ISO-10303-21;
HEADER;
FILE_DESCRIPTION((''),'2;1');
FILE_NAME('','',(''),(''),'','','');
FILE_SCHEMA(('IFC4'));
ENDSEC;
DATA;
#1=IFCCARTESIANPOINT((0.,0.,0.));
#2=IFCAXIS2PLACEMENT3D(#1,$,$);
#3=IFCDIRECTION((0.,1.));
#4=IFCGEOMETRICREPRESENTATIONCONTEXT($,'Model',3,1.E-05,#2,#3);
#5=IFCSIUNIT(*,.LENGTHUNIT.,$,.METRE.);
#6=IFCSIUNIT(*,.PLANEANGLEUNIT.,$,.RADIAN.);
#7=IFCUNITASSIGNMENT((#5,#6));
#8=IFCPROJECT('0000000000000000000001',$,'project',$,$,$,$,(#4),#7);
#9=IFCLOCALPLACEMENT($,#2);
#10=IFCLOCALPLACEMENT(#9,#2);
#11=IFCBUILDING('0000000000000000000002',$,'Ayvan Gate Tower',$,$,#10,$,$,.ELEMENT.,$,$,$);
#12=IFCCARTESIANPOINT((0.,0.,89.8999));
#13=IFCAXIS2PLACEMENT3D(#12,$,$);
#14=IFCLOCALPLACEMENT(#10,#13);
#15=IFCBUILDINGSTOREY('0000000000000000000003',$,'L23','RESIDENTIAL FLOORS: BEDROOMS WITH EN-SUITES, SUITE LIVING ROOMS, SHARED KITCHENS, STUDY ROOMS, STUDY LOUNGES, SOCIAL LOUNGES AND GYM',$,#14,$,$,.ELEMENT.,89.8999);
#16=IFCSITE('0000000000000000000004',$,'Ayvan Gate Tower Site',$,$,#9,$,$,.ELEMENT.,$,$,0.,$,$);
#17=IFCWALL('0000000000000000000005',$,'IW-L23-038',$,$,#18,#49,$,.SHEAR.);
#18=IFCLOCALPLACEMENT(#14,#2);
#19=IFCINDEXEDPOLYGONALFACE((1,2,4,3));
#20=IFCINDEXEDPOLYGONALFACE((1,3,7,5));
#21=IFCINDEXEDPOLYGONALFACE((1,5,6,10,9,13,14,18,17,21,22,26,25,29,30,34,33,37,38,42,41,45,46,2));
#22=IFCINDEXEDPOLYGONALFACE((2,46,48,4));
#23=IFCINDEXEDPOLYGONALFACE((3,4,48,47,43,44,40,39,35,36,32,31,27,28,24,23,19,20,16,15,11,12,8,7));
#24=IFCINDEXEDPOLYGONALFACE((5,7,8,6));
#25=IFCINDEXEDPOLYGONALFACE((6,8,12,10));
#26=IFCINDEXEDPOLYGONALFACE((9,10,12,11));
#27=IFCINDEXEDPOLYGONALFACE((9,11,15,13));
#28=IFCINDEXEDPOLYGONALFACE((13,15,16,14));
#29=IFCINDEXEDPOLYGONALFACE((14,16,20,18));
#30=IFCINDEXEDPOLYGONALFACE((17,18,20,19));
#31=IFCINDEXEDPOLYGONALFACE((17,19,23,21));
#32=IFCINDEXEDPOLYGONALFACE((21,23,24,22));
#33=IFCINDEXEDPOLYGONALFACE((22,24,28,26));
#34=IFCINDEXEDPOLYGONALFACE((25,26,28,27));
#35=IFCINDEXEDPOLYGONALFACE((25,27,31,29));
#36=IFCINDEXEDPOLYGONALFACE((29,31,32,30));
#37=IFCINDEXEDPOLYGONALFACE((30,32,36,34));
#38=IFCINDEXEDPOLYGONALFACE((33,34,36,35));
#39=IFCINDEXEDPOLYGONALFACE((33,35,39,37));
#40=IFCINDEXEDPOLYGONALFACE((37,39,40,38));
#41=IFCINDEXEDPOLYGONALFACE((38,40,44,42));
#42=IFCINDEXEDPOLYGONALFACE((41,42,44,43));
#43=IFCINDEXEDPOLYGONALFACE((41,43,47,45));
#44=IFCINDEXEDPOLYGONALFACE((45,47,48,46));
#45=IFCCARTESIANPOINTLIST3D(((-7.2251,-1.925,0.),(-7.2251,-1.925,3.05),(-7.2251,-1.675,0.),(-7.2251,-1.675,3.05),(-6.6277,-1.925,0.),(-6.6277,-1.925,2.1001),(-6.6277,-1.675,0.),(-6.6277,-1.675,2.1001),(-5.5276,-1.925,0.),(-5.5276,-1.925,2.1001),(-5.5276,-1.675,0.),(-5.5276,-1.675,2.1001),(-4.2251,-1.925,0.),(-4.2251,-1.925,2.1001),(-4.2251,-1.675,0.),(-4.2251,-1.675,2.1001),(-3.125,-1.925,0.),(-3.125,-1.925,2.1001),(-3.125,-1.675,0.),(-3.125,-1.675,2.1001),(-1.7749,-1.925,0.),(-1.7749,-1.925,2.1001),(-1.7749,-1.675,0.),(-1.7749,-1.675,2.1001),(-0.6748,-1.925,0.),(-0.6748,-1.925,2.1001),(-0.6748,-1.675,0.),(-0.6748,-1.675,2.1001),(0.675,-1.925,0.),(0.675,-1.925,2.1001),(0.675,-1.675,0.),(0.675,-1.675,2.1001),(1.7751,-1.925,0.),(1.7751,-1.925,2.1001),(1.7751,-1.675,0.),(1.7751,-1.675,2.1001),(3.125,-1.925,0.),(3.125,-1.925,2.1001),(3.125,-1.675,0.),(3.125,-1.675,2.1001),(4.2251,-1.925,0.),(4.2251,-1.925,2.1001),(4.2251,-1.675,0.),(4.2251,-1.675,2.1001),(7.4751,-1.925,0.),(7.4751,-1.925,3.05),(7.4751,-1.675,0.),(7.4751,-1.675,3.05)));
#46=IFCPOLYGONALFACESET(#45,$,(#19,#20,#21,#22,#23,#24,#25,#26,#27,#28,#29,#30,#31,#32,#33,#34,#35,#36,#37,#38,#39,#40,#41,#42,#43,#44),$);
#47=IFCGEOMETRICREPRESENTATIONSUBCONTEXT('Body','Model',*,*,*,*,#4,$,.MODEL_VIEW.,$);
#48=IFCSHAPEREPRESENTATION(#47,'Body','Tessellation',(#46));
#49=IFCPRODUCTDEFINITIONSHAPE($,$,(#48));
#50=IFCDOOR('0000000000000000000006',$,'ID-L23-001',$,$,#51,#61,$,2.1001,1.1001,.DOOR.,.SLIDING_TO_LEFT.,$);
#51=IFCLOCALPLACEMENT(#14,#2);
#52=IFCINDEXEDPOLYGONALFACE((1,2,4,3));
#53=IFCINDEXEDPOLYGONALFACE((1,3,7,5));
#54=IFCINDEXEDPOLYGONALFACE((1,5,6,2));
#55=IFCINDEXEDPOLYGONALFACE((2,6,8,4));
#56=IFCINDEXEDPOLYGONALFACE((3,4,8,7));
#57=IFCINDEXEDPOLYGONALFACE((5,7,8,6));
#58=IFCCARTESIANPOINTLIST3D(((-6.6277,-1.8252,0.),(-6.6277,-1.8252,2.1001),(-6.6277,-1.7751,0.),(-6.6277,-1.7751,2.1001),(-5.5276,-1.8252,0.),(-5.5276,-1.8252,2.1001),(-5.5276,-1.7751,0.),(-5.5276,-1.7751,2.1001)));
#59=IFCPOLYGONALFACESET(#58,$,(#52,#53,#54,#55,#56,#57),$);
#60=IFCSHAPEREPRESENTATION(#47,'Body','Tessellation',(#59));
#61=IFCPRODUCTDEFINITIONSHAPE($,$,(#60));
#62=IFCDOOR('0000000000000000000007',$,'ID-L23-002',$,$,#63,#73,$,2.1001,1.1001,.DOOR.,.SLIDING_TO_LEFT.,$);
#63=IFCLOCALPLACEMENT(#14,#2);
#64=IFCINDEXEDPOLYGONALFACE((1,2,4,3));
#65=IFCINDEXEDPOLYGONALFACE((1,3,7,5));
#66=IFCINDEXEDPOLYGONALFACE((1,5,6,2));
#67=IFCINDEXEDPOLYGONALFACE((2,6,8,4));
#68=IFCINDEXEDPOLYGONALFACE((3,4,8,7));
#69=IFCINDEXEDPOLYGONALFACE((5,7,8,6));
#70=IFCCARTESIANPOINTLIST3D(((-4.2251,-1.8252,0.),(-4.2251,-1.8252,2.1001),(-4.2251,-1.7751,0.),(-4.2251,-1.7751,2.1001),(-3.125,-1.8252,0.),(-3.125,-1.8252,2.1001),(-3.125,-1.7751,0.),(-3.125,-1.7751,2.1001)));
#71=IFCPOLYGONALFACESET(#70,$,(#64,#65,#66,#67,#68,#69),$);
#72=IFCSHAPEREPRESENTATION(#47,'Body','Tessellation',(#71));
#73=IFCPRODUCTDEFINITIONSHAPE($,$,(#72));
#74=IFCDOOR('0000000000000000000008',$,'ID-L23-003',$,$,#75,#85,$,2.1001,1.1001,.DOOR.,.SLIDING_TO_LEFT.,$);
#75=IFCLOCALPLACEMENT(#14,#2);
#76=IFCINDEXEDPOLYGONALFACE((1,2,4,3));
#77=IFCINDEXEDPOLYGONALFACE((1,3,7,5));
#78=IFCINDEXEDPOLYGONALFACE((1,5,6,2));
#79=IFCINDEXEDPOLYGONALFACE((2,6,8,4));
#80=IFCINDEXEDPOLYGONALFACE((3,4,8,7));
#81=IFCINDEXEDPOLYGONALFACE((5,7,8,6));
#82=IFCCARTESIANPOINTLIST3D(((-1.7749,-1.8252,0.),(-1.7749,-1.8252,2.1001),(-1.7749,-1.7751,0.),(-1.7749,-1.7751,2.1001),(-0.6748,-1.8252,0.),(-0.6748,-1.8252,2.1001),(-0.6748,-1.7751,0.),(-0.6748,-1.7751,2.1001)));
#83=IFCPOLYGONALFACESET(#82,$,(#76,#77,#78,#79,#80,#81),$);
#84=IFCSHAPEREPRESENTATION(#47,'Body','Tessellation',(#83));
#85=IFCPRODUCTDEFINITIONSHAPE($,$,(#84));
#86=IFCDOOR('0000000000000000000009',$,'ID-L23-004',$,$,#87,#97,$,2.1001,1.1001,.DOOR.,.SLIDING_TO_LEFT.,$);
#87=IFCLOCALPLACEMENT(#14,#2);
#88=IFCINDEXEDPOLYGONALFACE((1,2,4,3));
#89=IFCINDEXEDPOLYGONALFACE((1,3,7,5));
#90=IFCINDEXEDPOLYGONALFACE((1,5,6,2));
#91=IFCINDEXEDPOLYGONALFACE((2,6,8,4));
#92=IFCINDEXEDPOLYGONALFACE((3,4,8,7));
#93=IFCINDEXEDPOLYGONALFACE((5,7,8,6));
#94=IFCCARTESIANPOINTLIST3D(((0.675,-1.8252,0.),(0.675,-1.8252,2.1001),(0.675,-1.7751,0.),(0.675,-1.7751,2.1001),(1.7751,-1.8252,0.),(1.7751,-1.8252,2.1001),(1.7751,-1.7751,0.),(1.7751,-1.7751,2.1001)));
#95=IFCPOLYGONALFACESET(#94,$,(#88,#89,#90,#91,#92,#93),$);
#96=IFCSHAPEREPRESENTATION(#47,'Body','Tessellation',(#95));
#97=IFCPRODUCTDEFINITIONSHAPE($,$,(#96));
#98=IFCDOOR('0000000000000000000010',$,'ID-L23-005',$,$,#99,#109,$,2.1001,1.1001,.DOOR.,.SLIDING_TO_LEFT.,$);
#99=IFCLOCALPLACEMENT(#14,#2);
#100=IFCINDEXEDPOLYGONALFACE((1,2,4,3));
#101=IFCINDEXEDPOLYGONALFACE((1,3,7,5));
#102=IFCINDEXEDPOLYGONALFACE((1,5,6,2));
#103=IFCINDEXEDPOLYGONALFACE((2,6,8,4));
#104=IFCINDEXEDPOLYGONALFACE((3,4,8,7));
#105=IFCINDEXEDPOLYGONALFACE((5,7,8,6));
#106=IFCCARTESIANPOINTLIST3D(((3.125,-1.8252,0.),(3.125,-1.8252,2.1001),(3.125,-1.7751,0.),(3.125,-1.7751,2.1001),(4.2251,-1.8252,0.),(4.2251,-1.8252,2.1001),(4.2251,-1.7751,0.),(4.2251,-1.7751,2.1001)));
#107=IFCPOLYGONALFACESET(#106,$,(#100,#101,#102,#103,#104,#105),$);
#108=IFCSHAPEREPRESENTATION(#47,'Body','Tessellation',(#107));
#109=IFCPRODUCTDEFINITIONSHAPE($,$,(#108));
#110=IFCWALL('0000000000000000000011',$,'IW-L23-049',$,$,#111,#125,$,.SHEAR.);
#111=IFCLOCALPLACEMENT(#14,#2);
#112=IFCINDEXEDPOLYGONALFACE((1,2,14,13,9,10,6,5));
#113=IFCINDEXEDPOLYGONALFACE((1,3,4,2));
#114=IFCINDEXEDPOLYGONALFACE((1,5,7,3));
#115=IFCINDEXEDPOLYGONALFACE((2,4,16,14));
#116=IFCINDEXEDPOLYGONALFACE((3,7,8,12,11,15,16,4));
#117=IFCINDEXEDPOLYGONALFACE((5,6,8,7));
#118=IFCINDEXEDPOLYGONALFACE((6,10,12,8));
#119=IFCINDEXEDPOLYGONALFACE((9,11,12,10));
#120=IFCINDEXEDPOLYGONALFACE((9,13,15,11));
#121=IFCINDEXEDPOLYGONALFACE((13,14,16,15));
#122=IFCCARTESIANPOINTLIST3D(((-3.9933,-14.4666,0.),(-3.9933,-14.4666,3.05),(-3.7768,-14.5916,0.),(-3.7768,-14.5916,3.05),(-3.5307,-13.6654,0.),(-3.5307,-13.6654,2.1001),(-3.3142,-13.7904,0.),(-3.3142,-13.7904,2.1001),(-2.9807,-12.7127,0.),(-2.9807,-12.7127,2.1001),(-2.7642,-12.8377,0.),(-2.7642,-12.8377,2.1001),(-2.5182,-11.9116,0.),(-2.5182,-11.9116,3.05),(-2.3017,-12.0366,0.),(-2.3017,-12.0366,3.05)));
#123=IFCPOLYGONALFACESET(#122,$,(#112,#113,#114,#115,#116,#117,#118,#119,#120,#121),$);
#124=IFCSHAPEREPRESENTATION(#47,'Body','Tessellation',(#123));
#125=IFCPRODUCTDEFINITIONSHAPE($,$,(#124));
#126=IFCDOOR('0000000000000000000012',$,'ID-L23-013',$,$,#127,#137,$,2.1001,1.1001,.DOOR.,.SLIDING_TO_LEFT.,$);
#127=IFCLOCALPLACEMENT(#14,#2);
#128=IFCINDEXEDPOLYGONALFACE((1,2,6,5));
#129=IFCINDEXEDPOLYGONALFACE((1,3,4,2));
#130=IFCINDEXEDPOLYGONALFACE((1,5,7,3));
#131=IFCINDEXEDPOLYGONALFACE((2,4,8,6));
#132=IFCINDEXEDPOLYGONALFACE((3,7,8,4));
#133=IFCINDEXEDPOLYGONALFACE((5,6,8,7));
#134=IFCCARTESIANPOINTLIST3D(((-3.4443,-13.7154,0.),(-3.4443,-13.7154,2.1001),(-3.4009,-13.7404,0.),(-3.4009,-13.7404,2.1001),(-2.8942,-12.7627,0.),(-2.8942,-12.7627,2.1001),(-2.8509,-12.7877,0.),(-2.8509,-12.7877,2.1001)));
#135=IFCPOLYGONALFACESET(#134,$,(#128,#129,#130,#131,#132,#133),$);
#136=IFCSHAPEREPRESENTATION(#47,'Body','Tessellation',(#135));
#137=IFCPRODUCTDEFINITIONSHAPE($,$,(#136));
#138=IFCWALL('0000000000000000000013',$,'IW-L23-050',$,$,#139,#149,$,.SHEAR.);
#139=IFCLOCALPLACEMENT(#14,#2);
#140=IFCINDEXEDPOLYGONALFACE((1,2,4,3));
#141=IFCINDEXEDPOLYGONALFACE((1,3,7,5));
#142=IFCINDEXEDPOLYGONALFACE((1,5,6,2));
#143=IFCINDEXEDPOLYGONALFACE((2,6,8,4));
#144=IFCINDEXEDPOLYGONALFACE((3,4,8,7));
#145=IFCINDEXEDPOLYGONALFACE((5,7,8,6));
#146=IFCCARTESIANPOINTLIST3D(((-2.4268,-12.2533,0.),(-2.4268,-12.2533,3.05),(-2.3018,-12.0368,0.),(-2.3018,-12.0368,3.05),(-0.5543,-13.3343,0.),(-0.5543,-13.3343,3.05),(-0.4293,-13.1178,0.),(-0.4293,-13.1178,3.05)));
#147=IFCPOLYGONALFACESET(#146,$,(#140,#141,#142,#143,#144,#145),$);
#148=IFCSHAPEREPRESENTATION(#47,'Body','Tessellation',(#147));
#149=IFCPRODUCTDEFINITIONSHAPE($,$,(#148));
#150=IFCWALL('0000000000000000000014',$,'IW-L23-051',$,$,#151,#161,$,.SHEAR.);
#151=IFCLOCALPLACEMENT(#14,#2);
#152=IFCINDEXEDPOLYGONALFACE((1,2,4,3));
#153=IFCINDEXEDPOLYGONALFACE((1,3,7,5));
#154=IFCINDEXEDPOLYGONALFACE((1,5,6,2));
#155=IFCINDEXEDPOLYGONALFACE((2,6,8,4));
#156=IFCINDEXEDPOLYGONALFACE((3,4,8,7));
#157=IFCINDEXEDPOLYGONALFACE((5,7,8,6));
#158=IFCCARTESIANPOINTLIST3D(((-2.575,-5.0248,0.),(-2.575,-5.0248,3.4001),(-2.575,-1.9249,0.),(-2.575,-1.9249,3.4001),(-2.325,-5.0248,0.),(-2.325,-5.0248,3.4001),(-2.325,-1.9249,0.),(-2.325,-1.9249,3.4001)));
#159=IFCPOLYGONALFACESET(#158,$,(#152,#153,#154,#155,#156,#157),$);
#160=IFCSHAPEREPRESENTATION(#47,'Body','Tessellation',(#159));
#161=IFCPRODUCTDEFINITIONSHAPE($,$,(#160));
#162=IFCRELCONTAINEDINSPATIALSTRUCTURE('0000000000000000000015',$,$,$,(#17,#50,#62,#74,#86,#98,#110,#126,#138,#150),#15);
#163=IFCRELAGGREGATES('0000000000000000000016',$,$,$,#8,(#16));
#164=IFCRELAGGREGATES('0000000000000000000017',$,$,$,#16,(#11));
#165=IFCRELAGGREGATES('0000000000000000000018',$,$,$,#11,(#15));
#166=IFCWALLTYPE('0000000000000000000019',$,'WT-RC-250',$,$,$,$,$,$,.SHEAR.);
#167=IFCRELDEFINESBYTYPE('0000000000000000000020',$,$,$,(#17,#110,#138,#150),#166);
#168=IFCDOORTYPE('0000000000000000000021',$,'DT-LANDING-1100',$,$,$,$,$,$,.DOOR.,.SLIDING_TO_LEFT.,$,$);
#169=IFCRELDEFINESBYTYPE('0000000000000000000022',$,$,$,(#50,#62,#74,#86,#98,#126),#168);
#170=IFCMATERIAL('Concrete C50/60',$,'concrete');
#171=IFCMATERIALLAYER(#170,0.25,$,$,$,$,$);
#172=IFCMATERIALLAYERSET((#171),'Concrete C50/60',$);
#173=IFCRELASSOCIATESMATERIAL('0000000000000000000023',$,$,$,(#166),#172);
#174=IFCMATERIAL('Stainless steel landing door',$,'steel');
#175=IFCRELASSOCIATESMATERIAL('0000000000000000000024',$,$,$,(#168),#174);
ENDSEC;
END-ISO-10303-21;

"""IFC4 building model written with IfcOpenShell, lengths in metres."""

from ifc_helpers import new_model, si_unit, direction, frame, frame_2d, origin, place, context, subcontext, project, spatial, rectangle, extrude, material, layer, layer_set, type_object, element, fill, save


model = new_model("IFC4")

# Units and contexts
model_context = context("Model", 3, precision=1e-05, world=origin(), true_north=direction((0.0, 1.0)))
body_context = subcontext(model_context, "Body", "Model", "MODEL_VIEW")
ifc_project = project(units=[si_unit("LENGTHUNIT", "METRE"), si_unit("PLANEANGLEUNIT", "RADIAN")], contexts=[model_context])

# Site, building, storey
site_placement = place(None, origin())
site = spatial("IfcSite", under=ifc_project, at=site_placement, Name="Ayvan Gate Tower Site", CompositionType="ELEMENT", RefElevation=0.0)
building_placement = place(site_placement, origin())
building = spatial("IfcBuilding", under=site, at=building_placement, Name="Ayvan Gate Tower", CompositionType="ELEMENT")
storey_placement = place(building_placement, frame((0.0, 0.0, 89.8999)))
storey = spatial("IfcBuildingStorey", under=building, at=storey_placement, Name="L23", Description="RESIDENTIAL FLOORS: BEDROOMS WITH EN-SUITES, SUITE LIVING ROOMS, SHARED KITCHENS, STUDY ROOMS, STUDY LOUNGES, SOCIAL LOUNGES AND GYM", CompositionType="ELEMENT", Elevation=89.8999)

# Shared definitions
ifc_material_1 = material(Name="Concrete C50/60", Category="concrete")
ifc_layer_1 = layer(ifc_material_1, 0.25)
ifc_layer_set_1 = layer_set([ifc_layer_1], Name="Concrete C50/60")
wall_type_1 = type_object("IfcWallType", Name="WT-RC-250", PredefinedType="SHEAR", material=ifc_layer_set_1)

# Wall, openings, doors
wall_1_placement = place(storey_placement, frame((-7.2251, -1.8, 0.0), z_axis=(0.0, 0.0, 1.0), x_axis=(1.0, 0.0, 0.0)))
wall_1 = element("IfcWall", 1, at=wall_1_placement, inside=storey, type_object=wall_type_1, Name="IW-L23-038", PredefinedType="SHEAR", context=body_context, shape_type="SweptSolid", body=[
    extrude(rectangle(XDim=14.7002, YDim=0.25, at=frame_2d((7.3501, 0.0))), origin(), (0.0, 0.0, 1.0), 3.05),
])
opening_1_placement = place(wall_1_placement, frame((0.5974, 0.0, 0.0)))
opening_1 = element("IfcOpeningElement", 2, at=opening_1_placement, cuts=wall_1, PredefinedType="OPENING", context=body_context, shape_type="SweptSolid", body=[
    extrude(rectangle(XDim=1.1001, YDim=2.1001, at=frame_2d((0.55, 1.05))), frame((0.0, 0.135, 0.0), z_axis=(0.0, -1.0, 0.0), x_axis=(1.0, 0.0, 0.0)), (0.0, 0.0, 1.0), 0.27),
])
opening_2_placement = place(wall_1_placement, frame((3.0, 0.0, 0.0)))
opening_2 = element("IfcOpeningElement", 3, at=opening_2_placement, cuts=wall_1, PredefinedType="OPENING", context=body_context, shape_type="SweptSolid", body=[
    extrude(rectangle(XDim=1.1001, YDim=2.1001, at=frame_2d((0.55, 1.05))), frame((0.0, 0.135, 0.0), z_axis=(0.0, -1.0, 0.0), x_axis=(1.0, 0.0, 0.0)), (0.0, 0.0, 1.0), 0.27),
])
opening_3_placement = place(wall_1_placement, frame((5.4502, 0.0, 0.0)))
opening_3 = element("IfcOpeningElement", 4, at=opening_3_placement, cuts=wall_1, PredefinedType="OPENING", context=body_context, shape_type="SweptSolid", body=[
    extrude(rectangle(XDim=1.1001, YDim=2.1001, at=frame_2d((0.55, 1.05))), frame((0.0, 0.135, 0.0), z_axis=(0.0, -1.0, 0.0), x_axis=(1.0, 0.0, 0.0)), (0.0, 0.0, 1.0), 0.27),
])
opening_4_placement = place(wall_1_placement, frame((7.9001, 0.0, 0.0)))
opening_4 = element("IfcOpeningElement", 5, at=opening_4_placement, cuts=wall_1, PredefinedType="OPENING", context=body_context, shape_type="SweptSolid", body=[
    extrude(rectangle(XDim=1.1001, YDim=2.1001, at=frame_2d((0.55, 1.05))), frame((0.0, 0.135, 0.0), z_axis=(0.0, -1.0, 0.0), x_axis=(1.0, 0.0, 0.0)), (0.0, 0.0, 1.0), 0.27),
])
opening_5_placement = place(wall_1_placement, frame((10.3501, 0.0, 0.0)))
opening_5 = element("IfcOpeningElement", 6, at=opening_5_placement, cuts=wall_1, PredefinedType="OPENING", context=body_context, shape_type="SweptSolid", body=[
    extrude(rectangle(XDim=1.1001, YDim=2.1001, at=frame_2d((0.55, 1.05))), frame((0.0, 0.135, 0.0), z_axis=(0.0, -1.0, 0.0), x_axis=(1.0, 0.0, 0.0)), (0.0, 0.0, 1.0), 0.27),
])
ifc_material_2 = material(Name="Stainless steel landing door", Category="steel")
door_type_1 = type_object("IfcDoorType", Name="DT-LANDING-1100", OperationType="SLIDING_TO_LEFT", PredefinedType="DOOR", material=ifc_material_2)
door_1_placement = place(opening_1_placement, origin())
door_1 = element("IfcDoor", 7, at=door_1_placement, inside=storey, type_object=door_type_1, Name="ID-L23-001", OperationType="SLIDING_TO_LEFT", OverallHeight=2.1001, OverallWidth=1.1001, PredefinedType="DOOR", context=body_context, shape_type="SweptSolid", body=[
    extrude(rectangle(XDim=1.1001, YDim=2.1001, at=frame_2d((0.55, 1.05))), frame((0.0, 0.0249, 0.0), z_axis=(0.0, -1.0, 0.0), x_axis=(1.0, 0.0, 0.0)), (0.0, 0.0, 1.0), 0.05),
])
fill(opening_1, door_1)
door_2_placement = place(opening_2_placement, origin())
door_2 = element("IfcDoor", 8, at=door_2_placement, inside=storey, type_object=door_type_1, Name="ID-L23-002", OperationType="SLIDING_TO_LEFT", OverallHeight=2.1001, OverallWidth=1.1001, PredefinedType="DOOR", context=body_context, shape_type="SweptSolid", body=[
    extrude(rectangle(XDim=1.1001, YDim=2.1001, at=frame_2d((0.55, 1.05))), frame((0.0, 0.0249, 0.0), z_axis=(0.0, -1.0, 0.0), x_axis=(1.0, 0.0, 0.0)), (0.0, 0.0, 1.0), 0.05),
])
fill(opening_2, door_2)
door_3_placement = place(opening_3_placement, origin())
door_3 = element("IfcDoor", 9, at=door_3_placement, inside=storey, type_object=door_type_1, Name="ID-L23-003", OperationType="SLIDING_TO_LEFT", OverallHeight=2.1001, OverallWidth=1.1001, PredefinedType="DOOR", context=body_context, shape_type="SweptSolid", body=[
    extrude(rectangle(XDim=1.1001, YDim=2.1001, at=frame_2d((0.55, 1.05))), frame((0.0, 0.0249, 0.0), z_axis=(0.0, -1.0, 0.0), x_axis=(1.0, 0.0, 0.0)), (0.0, 0.0, 1.0), 0.05),
])
fill(opening_3, door_3)
door_4_placement = place(opening_4_placement, origin())
door_4 = element("IfcDoor", 10, at=door_4_placement, inside=storey, type_object=door_type_1, Name="ID-L23-004", OperationType="SLIDING_TO_LEFT", OverallHeight=2.1001, OverallWidth=1.1001, PredefinedType="DOOR", context=body_context, shape_type="SweptSolid", body=[
    extrude(rectangle(XDim=1.1001, YDim=2.1001, at=frame_2d((0.55, 1.05))), frame((0.0, 0.0249, 0.0), z_axis=(0.0, -1.0, 0.0), x_axis=(1.0, 0.0, 0.0)), (0.0, 0.0, 1.0), 0.05),
])
fill(opening_4, door_4)
door_5_placement = place(opening_5_placement, origin())
door_5 = element("IfcDoor", 11, at=door_5_placement, inside=storey, type_object=door_type_1, Name="ID-L23-005", OperationType="SLIDING_TO_LEFT", OverallHeight=2.1001, OverallWidth=1.1001, PredefinedType="DOOR", context=body_context, shape_type="SweptSolid", body=[
    extrude(rectangle(XDim=1.1001, YDim=2.1001, at=frame_2d((0.55, 1.05))), frame((0.0, 0.0249, 0.0), z_axis=(0.0, -1.0, 0.0), x_axis=(1.0, 0.0, 0.0)), (0.0, 0.0, 1.0), 0.05),
])
fill(opening_5, door_5)

# Wall, opening, door
wall_2_placement = place(storey_placement, frame((-2.4099, -11.9741, 0.0), z_axis=(0.0, 0.0, 1.0), x_axis=(-0.500002, -0.866024, 0.0)))
wall_2 = element("IfcWall", 12, at=wall_2_placement, inside=storey, type_object=wall_type_1, Name="IW-L23-049", PredefinedType="SHEAR", context=body_context, shape_type="SweptSolid", body=[
    extrude(rectangle(XDim=2.9502, YDim=0.25, at=frame_2d((1.4751, 0.0))), origin(), (0.0, 0.0, 1.0), 3.05),
])
opening_6_placement = place(wall_2_placement, frame((0.925, 0.0, 0.0)))
opening_6 = element("IfcOpeningElement", 13, at=opening_6_placement, cuts=wall_2, PredefinedType="OPENING", context=body_context, shape_type="SweptSolid", body=[
    extrude(rectangle(XDim=1.1001, YDim=2.1001, at=frame_2d((0.55, 1.05))), frame((0.0, 0.135, 0.0), z_axis=(0.0, -1.0, 0.0), x_axis=(1.0, 0.0, 0.0)), (0.0, 0.0, 1.0), 0.27),
])
door_6_placement = place(opening_6_placement, origin())
door_6 = element("IfcDoor", 14, at=door_6_placement, inside=storey, type_object=door_type_1, Name="ID-L23-013", OperationType="SLIDING_TO_LEFT", OverallHeight=2.1001, OverallWidth=1.1001, PredefinedType="DOOR", context=body_context, shape_type="SweptSolid", body=[
    extrude(rectangle(XDim=1.1001, YDim=2.1001, at=frame_2d((0.55, 1.05))), frame((0.0, 0.0249, 0.0), z_axis=(0.0, -1.0, 0.0), x_axis=(1.0, 0.0, 0.0)), (0.0, 0.0, 1.0), 0.05),
])
fill(opening_6, door_6)

# Walls
wall_3_placement = place(storey_placement, frame((-2.3643, -12.145, 0.0), z_axis=(0.0, 0.0, 1.0), x_axis=(0.866039, -0.499977, 0.0)))
element("IfcWall", 15, at=wall_3_placement, inside=storey, type_object=wall_type_1, Name="IW-L23-050", PredefinedType="SHEAR", context=body_context, shape_type="SweptSolid", body=[
    extrude(rectangle(XDim=2.1621, YDim=0.25, at=frame_2d((1.0811, 0.0))), origin(), (0.0, 0.0, 1.0), 3.05),
])
wall_4_placement = place(storey_placement, frame((-2.45, -1.925, 0.0), z_axis=(0.0, 0.0, 1.0), x_axis=(0.0, -1.0, 0.0)))
element("IfcWall", 16, at=wall_4_placement, inside=storey, type_object=wall_type_1, Name="IW-L23-051", PredefinedType="SHEAR", context=body_context, shape_type="SweptSolid", body=[
    extrude(rectangle(XDim=3.0999, YDim=0.25, at=frame_2d((1.5498, 0.0))), origin(), (0.0, 0.0, 1.0), 3.4001),
])

save(model, "model.ifc")
